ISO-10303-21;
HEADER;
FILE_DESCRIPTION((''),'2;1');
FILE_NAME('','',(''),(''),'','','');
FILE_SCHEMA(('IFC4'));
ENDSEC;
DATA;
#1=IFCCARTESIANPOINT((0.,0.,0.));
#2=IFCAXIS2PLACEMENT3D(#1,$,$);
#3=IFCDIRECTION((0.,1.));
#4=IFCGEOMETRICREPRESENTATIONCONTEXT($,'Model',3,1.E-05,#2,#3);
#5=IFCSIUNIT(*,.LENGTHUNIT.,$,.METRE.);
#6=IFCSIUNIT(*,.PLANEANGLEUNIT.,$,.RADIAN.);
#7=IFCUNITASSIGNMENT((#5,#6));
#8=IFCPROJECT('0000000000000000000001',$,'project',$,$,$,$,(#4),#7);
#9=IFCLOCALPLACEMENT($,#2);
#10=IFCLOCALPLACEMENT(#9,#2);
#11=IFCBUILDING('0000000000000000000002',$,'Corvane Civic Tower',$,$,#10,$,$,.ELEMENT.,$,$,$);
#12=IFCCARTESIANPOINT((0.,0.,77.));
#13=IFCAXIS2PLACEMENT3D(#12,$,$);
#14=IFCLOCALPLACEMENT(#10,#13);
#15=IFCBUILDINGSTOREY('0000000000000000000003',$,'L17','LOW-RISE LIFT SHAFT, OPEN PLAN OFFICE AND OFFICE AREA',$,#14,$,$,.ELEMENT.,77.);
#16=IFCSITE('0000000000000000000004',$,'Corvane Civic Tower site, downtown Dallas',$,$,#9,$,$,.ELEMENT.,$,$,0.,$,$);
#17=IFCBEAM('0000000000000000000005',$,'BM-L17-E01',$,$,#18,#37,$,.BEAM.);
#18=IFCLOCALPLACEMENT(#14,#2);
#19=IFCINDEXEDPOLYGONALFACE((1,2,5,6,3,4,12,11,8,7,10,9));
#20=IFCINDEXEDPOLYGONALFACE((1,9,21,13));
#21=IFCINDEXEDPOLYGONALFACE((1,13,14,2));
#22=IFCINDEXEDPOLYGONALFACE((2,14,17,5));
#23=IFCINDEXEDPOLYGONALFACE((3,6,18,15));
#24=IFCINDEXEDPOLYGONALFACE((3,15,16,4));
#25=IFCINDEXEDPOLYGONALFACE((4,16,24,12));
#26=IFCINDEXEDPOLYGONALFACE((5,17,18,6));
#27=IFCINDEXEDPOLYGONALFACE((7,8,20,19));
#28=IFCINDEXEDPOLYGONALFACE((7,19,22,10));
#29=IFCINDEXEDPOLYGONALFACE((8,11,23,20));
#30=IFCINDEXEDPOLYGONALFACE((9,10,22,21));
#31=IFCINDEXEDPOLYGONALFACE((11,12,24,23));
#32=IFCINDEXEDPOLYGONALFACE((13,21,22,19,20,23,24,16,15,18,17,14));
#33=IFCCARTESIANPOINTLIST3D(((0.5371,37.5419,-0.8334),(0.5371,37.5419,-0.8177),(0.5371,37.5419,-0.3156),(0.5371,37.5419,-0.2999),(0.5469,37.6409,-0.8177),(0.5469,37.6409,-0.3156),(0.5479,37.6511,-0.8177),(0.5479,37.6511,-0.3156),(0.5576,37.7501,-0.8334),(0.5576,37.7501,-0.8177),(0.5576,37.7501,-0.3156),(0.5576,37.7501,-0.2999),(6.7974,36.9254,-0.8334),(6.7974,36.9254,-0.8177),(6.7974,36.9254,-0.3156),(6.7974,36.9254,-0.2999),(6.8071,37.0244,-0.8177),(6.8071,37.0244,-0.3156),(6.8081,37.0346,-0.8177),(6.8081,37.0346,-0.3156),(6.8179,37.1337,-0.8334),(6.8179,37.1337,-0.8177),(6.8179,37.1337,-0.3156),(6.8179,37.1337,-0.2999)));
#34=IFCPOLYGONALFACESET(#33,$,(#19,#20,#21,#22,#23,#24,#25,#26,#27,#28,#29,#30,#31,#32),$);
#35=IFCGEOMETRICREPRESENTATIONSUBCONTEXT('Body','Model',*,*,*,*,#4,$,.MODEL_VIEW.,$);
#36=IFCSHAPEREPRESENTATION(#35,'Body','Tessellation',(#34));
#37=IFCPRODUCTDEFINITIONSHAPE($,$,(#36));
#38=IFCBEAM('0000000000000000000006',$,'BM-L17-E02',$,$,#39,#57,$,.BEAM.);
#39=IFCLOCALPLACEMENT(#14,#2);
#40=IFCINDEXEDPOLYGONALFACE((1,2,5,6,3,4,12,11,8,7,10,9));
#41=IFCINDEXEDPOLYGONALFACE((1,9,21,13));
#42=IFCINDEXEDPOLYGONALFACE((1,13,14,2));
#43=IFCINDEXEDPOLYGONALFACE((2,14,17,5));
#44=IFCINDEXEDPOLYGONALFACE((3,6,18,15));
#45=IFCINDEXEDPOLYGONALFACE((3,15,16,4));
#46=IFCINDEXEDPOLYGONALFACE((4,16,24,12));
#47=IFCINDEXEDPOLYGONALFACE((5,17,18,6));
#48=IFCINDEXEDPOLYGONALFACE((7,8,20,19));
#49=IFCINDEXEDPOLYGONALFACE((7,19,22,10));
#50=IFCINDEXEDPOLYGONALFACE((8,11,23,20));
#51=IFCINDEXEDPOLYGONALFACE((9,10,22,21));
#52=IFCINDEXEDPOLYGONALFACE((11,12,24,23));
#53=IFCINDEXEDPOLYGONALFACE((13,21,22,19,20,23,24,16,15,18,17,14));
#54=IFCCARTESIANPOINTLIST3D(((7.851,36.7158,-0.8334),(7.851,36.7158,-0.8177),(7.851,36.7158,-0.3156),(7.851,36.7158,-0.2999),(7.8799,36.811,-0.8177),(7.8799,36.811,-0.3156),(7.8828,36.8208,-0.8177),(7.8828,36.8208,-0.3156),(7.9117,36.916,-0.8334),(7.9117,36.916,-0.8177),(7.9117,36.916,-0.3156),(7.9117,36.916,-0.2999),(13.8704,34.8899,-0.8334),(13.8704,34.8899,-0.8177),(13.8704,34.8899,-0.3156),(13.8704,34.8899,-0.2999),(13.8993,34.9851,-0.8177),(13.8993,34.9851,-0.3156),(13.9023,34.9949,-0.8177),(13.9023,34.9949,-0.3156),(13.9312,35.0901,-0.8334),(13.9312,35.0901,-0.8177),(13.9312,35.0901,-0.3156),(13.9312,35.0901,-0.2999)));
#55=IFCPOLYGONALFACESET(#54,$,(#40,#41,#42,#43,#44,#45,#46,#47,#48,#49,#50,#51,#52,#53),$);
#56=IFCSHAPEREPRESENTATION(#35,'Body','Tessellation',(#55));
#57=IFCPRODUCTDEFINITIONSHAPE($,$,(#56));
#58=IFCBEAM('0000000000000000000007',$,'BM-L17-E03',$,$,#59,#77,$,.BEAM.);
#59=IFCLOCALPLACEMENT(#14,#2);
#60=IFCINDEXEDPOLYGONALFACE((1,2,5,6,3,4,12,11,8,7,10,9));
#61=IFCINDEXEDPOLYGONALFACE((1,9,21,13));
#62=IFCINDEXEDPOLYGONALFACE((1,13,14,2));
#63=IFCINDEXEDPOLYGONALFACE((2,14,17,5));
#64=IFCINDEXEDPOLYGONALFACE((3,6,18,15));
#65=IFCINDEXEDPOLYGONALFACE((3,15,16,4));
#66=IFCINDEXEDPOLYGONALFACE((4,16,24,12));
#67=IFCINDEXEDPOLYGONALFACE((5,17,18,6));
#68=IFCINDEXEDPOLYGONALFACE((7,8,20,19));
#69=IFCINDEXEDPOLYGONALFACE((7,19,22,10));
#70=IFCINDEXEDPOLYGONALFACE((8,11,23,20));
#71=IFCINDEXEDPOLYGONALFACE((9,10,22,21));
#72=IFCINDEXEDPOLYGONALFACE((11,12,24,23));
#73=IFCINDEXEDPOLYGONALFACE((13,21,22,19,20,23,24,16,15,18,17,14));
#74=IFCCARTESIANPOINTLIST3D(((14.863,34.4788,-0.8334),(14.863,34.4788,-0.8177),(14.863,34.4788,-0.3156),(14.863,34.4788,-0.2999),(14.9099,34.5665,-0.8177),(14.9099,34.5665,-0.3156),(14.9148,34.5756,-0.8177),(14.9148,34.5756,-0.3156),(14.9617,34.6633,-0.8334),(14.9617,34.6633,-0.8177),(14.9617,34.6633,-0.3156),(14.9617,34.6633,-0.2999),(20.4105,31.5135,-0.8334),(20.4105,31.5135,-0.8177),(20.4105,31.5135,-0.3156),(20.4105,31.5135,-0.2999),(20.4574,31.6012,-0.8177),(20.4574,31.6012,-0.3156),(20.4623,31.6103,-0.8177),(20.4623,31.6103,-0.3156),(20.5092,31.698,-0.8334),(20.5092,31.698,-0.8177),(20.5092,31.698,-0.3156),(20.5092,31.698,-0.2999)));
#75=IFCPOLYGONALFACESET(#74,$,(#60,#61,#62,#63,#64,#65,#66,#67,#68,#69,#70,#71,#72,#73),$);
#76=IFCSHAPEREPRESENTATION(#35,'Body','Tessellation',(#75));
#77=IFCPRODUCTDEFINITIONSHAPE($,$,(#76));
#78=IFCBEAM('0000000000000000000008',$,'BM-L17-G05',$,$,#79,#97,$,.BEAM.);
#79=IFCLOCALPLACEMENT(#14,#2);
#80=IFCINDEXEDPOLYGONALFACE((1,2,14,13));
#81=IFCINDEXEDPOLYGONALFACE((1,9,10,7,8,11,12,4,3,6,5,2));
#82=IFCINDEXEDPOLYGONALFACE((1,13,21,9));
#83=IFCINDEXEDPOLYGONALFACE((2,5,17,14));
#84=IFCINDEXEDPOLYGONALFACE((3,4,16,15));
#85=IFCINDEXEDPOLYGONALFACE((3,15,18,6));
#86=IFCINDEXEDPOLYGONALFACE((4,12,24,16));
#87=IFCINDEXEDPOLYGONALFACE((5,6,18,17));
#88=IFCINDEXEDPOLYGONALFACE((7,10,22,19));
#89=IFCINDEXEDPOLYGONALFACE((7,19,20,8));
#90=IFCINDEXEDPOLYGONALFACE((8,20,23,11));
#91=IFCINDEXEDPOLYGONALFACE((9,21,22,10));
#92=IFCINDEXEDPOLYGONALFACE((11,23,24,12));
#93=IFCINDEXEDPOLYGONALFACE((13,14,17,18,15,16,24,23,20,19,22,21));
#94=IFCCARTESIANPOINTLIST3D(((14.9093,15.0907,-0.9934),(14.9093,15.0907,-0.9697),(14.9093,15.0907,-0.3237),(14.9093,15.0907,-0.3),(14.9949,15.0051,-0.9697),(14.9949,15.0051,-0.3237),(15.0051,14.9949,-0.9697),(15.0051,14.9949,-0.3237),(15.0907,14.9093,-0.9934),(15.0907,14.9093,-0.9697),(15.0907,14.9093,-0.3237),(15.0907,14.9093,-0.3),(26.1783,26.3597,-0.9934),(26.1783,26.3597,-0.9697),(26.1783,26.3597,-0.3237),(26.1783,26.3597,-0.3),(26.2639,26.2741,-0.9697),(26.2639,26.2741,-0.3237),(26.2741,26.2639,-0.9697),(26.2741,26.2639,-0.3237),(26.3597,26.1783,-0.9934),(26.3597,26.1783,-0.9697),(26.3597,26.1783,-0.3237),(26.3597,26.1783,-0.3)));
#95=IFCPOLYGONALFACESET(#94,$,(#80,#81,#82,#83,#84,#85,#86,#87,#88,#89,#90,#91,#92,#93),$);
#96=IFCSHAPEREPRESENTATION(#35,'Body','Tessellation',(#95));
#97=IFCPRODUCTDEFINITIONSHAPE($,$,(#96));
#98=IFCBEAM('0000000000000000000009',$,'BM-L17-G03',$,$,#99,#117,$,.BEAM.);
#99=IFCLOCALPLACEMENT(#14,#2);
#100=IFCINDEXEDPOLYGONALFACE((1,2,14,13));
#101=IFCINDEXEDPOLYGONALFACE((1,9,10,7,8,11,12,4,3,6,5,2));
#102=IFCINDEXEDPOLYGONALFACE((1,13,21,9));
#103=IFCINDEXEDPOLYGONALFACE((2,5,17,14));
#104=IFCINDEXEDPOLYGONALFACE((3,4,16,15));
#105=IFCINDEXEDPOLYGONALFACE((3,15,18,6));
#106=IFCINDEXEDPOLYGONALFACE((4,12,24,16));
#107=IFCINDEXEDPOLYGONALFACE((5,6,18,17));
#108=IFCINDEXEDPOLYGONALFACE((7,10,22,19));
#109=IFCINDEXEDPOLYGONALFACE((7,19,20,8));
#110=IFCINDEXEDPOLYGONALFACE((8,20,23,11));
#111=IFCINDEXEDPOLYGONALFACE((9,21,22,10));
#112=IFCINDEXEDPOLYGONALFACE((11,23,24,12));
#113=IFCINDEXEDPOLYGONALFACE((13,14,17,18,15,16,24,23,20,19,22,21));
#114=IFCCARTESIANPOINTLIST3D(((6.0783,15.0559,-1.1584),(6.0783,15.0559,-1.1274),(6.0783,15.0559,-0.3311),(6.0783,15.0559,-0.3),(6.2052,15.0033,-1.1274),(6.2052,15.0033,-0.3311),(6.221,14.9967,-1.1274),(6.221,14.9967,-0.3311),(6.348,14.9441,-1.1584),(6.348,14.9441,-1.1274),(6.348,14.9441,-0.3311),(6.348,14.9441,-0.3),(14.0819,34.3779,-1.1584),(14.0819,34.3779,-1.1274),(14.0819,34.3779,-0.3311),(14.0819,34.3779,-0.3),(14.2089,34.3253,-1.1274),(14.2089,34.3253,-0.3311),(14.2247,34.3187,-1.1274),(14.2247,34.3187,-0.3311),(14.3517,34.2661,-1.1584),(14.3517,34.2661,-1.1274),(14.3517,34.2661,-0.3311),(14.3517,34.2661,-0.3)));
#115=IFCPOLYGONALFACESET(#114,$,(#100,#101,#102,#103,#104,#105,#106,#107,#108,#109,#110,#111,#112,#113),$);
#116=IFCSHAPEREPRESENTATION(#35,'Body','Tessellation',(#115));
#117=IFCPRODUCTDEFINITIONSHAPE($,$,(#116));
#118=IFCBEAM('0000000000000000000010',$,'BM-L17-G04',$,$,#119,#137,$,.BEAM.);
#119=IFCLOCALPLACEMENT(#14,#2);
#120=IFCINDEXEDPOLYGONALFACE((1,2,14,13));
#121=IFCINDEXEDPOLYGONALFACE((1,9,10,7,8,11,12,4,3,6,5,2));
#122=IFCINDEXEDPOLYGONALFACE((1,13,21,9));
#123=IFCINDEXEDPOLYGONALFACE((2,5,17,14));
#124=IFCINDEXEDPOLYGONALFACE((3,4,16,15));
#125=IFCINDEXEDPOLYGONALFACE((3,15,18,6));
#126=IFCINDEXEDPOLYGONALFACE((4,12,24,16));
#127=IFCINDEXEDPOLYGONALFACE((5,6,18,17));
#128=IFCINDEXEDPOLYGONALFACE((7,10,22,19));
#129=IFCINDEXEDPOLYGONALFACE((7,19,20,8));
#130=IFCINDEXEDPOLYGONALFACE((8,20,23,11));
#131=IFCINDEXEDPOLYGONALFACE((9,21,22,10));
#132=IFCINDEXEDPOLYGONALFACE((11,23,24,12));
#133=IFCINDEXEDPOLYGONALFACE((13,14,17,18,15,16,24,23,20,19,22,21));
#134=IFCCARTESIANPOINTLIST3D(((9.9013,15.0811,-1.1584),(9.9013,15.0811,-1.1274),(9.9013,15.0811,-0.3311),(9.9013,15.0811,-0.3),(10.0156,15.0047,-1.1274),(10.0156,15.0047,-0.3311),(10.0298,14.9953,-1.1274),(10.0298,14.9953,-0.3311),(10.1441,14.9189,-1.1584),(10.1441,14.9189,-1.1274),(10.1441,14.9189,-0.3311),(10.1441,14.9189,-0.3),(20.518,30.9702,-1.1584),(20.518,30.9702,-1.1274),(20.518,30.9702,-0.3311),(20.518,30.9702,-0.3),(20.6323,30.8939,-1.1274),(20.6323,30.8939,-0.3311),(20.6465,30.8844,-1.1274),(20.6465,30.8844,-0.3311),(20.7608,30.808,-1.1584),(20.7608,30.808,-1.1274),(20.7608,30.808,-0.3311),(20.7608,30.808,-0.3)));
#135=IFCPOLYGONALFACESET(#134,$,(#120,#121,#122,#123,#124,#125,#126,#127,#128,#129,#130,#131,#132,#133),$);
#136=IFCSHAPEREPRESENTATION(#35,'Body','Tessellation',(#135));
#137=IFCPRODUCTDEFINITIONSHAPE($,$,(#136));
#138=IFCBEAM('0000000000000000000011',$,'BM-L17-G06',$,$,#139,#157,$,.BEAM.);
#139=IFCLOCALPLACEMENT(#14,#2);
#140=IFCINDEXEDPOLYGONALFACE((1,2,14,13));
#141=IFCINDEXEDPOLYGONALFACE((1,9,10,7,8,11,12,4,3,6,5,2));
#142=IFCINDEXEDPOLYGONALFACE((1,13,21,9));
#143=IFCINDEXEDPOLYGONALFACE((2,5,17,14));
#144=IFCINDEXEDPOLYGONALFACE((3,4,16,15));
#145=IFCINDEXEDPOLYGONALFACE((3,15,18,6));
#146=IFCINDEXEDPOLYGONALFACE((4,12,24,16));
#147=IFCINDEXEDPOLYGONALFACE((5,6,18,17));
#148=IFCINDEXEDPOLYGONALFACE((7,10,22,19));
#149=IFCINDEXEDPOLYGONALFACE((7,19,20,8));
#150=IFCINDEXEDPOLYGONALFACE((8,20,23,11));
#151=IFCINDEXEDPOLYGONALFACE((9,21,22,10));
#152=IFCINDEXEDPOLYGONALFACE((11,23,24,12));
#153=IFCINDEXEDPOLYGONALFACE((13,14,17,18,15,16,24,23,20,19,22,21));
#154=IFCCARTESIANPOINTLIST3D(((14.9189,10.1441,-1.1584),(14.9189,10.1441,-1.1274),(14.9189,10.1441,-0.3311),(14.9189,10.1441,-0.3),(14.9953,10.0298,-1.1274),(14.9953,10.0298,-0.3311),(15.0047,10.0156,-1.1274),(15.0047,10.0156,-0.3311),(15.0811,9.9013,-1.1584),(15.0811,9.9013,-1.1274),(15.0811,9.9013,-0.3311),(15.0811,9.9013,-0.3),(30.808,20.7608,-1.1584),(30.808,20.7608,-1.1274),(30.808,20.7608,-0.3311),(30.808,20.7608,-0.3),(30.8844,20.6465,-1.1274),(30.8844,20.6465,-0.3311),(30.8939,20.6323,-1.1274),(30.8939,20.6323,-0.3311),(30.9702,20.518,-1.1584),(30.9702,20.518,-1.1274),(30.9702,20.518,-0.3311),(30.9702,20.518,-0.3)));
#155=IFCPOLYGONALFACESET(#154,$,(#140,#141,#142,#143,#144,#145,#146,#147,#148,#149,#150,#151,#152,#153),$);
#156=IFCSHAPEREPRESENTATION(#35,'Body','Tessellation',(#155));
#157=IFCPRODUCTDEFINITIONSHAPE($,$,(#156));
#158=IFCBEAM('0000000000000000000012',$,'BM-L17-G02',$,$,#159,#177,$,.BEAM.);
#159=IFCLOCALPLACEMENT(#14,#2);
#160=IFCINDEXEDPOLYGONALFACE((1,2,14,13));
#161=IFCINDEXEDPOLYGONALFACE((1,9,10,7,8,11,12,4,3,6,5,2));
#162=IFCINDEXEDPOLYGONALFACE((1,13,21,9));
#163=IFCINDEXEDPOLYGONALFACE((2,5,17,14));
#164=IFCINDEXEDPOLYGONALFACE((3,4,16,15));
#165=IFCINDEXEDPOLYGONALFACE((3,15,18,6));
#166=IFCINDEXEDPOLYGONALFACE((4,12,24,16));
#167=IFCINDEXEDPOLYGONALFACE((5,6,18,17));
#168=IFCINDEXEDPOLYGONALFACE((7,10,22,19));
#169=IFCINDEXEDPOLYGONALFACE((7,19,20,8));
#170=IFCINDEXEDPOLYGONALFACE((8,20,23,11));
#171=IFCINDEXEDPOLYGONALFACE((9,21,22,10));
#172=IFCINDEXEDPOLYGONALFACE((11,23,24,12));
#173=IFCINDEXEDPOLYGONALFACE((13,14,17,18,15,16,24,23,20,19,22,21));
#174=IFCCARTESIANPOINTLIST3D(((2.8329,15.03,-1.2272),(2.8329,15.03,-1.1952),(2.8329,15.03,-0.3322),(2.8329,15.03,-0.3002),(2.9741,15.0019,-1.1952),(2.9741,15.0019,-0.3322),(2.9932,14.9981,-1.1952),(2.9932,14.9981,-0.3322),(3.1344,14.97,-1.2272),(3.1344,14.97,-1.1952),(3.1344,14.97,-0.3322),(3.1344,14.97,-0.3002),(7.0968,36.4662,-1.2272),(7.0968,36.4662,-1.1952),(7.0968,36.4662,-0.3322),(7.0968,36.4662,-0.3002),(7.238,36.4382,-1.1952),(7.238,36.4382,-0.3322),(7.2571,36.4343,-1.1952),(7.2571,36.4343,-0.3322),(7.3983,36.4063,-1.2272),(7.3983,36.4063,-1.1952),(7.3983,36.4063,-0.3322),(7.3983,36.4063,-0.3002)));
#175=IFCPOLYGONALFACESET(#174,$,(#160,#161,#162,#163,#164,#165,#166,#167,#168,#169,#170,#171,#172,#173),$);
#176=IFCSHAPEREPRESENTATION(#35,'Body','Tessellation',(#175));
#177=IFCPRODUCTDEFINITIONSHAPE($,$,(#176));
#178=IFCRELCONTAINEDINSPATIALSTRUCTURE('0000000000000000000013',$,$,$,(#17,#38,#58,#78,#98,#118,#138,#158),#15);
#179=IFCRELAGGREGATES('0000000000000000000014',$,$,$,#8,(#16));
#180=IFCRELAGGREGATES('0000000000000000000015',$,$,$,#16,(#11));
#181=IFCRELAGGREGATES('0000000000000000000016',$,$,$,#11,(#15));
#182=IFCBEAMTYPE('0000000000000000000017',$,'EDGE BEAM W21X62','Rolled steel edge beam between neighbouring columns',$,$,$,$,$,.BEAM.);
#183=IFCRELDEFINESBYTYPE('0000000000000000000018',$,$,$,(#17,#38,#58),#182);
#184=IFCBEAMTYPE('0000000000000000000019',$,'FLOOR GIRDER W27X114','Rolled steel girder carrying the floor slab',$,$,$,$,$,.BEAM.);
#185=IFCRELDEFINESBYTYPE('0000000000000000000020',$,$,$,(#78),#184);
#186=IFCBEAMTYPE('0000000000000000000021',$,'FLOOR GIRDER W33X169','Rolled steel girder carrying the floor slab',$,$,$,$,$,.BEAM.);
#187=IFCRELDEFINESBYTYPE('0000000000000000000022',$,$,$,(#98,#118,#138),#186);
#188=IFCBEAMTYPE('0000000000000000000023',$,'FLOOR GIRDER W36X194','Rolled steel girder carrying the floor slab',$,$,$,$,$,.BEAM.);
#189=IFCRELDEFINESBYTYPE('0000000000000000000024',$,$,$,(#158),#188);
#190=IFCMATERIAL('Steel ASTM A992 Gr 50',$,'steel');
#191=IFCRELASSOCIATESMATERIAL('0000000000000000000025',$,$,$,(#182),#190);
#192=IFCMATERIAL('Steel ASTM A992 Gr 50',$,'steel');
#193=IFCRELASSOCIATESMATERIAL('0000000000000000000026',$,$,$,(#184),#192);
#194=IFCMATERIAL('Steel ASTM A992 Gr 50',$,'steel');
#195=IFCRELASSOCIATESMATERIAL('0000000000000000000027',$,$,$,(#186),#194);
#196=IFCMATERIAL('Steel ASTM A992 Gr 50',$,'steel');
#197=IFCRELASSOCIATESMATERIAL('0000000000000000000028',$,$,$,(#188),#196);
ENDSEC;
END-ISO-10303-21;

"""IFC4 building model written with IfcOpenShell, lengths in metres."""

from ifc_helpers import new_model, si_unit, direction, frame, origin, origin_2d, place, context, subcontext, project, spatial, i_section, extrude, material, material_profile, profile_set, type_object, element, save


model = new_model("IFC4")

# Units and contexts
model_context = context("Model", 3, precision=1e-05, world=origin(), true_north=direction((0.0, 1.0)))
body_context = subcontext(model_context, "Body", "Model", "MODEL_VIEW")
ifc_project = project(units=[si_unit("LENGTHUNIT", "METRE"), si_unit("PLANEANGLEUNIT", "RADIAN")], contexts=[model_context])

# Site, building, storey
site_placement = place(None, origin())
site = spatial("IfcSite", under=ifc_project, at=site_placement, Name="Corvane Civic Tower site, downtown Dallas", CompositionType="ELEMENT", RefElevation=0.0)
building_placement = place(site_placement, origin())
building = spatial("IfcBuilding", under=site, at=building_placement, Name="Corvane Civic Tower", CompositionType="ELEMENT")
storey_placement = place(building_placement, frame((0.0, 0.0, 77.0)))
storey = spatial("IfcBuildingStorey", under=building, at=storey_placement, Name="L17", Description="LOW-RISE LIFT SHAFT, OPEN PLAN OFFICE AND OFFICE AREA", CompositionType="ELEMENT", Elevation=77.0)

# Beams
ifc_material_1 = material(Name="Steel ASTM A992 Gr 50", Category="steel")
ifc_material_profile_1 = material_profile(ifc_material_1, i_section(OverallWidth=0.2092, OverallDepth=0.5334, WebThickness=0.0103, FlangeThickness=0.0156, at=origin_2d()), Name="W21X62")
ifc_profile_set_1 = profile_set([ifc_material_profile_1], Name="Steel ASTM A992 Gr 50")
beam_type_1 = type_object("IfcBeamType", Name="EDGE BEAM W21X62", Description="Rolled steel edge beam between neighbouring columns", PredefinedType="BEAM", material=ifc_profile_set_1)
beam_1_placement = place(storey_placement, frame((0.5474, 37.646, -0.5667), z_axis=(0.995187, -0.097997, 0.0), x_axis=(0.097997, 0.995187, 0.0)))
element("IfcBeam", 1, at=beam_1_placement, inside=storey, type_object=beam_type_1, Name="BM-L17-E01", PredefinedType="BEAM", context=body_context, shape_type="SweptSolid", body=[
    extrude(i_section(OverallWidth=0.2092, OverallDepth=0.5334, WebThickness=0.0103, FlangeThickness=0.0156, at=origin_2d()), origin(), (0.0, 0.0, 1.0), 6.2905),
])
for number, where, z_axis, x_axis, name in (
    (2, (7.8813, 36.8159, -0.5667), (0.956944, -0.290273, 0.0), (0.290273, 0.956944, 0.0), "BM-L17-E02"),
    (3, (14.9124, 34.571, -0.5667), (0.881916, -0.471406, 0.0), (0.471406, 0.881916, 0.0), "BM-L17-E03"),
):
    element("IfcBeam", number, at=place(storey_placement, frame(where, z_axis=z_axis, x_axis=x_axis)), inside=storey, type_object=beam_type_1, Name=name, PredefinedType="BEAM", context=body_context, shape_type="SweptSolid", body=[
        extrude(i_section(OverallWidth=0.2092, OverallDepth=0.5334, WebThickness=0.0103, FlangeThickness=0.0156, at=origin_2d()), origin(), (0.0, 0.0, 1.0), 6.2903),
    ])
ifc_material_2 = material(Name="Steel ASTM A992 Gr 50", Category="steel")
ifc_material_profile_2 = material_profile(ifc_material_2, i_section(OverallWidth=0.2566, OverallDepth=0.6934, WebThickness=0.0144, FlangeThickness=0.0237, at=origin_2d()), Name="W27X114")
ifc_profile_set_2 = profile_set([ifc_material_profile_2], Name="Steel ASTM A992 Gr 50")
beam_type_2 = type_object("IfcBeamType", Name="FLOOR GIRDER W27X114", Description="Rolled steel girder carrying the floor slab", PredefinedType="BEAM", material=ifc_profile_set_2)
beam_2_placement = place(storey_placement, frame((15.0, 15.0, -0.6467), z_axis=(0.707107, 0.707107, 0.0), x_axis=(-0.707107, 0.707107, 0.0)))
element("IfcBeam", 4, at=beam_2_placement, inside=storey, type_object=beam_type_2, Name="BM-L17-G05", PredefinedType="BEAM", context=body_context, shape_type="SweptSolid", body=[
    extrude(i_section(OverallWidth=0.2566, OverallDepth=0.6934, WebThickness=0.0144, FlangeThickness=0.0237, at=origin_2d()), origin(), (0.0, 0.0, 1.0), 15.9368),
])
ifc_material_3 = material(Name="Steel ASTM A992 Gr 50", Category="steel")
ifc_material_profile_3 = material_profile(ifc_material_3, i_section(OverallWidth=0.292, OverallDepth=0.8584, WebThickness=0.0171, FlangeThickness=0.031, at=origin_2d()), Name="W33X169")
ifc_profile_set_3 = profile_set([ifc_material_profile_3], Name="Steel ASTM A992 Gr 50")
beam_type_3 = type_object("IfcBeamType", Name="FLOOR GIRDER W33X169", Description="Rolled steel girder carrying the floor slab", PredefinedType="BEAM", material=ifc_profile_set_3)
beam_3_placement = place(storey_placement, frame((6.2131, 15.0, -0.7292), z_axis=(0.382692, 0.923876, 0.0), x_axis=(-0.923876, 0.382692, 0.0)))
element("IfcBeam", 5, at=beam_3_placement, inside=storey, type_object=beam_type_3, Name="BM-L17-G03", PredefinedType="BEAM", context=body_context, shape_type="SweptSolid", body=[
    extrude(i_section(OverallWidth=0.292, OverallDepth=0.8584, WebThickness=0.0171, FlangeThickness=0.031, at=origin_2d()), origin(), (0.0, 0.0, 1.0), 20.9141),
])
for number, where, z_axis, x_axis, name in (
    (6, (10.0227, 15.0, -0.7292), (0.555567, 0.831472, 0.0), (-0.831472, 0.555567, 0.0), "BM-L17-G04"),
    (7, (15.0, 10.0227, -0.7292), (0.831472, 0.555567, 0.0), (-0.555567, 0.831472, 0.0), "BM-L17-G06"),
):
    element("IfcBeam", number, at=place(storey_placement, frame(where, z_axis=z_axis, x_axis=x_axis)), inside=storey, type_object=beam_type_3, Name=name, PredefinedType="BEAM", context=body_context, shape_type="SweptSolid", body=[
        extrude(i_section(OverallWidth=0.292, OverallDepth=0.8584, WebThickness=0.0171, FlangeThickness=0.031, at=origin_2d()), origin(), (0.0, 0.0, 1.0), 19.1096),
    ])
ifc_material_4 = material(Name="Steel ASTM A992 Gr 50", Category="steel")
ifc_material_profile_4 = material_profile(ifc_material_4, i_section(OverallWidth=0.3074, OverallDepth=0.927, WebThickness=0.0195, FlangeThickness=0.032, at=origin_2d()), Name="W36X194")
ifc_profile_set_4 = profile_set([ifc_material_profile_4], Name="Steel ASTM A992 Gr 50")
beam_type_4 = type_object("IfcBeamType", Name="FLOOR GIRDER W36X194", Description="Rolled steel girder carrying the floor slab", PredefinedType="BEAM", material=ifc_profile_set_4)
beam_4_placement = place(storey_placement, frame((2.9836, 15.0, -0.7637), z_axis=(0.195089, 0.980785, 0.0), x_axis=(-0.980785, 0.195089, 0.0)))
element("IfcBeam", 8, at=beam_4_placement, inside=storey, type_object=beam_type_4, Name="BM-L17-G02", PredefinedType="BEAM", context=body_context, shape_type="SweptSolid", body=[
    extrude(i_section(OverallWidth=0.3074, OverallDepth=0.927, WebThickness=0.0195, FlangeThickness=0.032, at=origin_2d()), origin(), (0.0, 0.0, 1.0), 21.8562),
])

save(model, "model.ifc")
